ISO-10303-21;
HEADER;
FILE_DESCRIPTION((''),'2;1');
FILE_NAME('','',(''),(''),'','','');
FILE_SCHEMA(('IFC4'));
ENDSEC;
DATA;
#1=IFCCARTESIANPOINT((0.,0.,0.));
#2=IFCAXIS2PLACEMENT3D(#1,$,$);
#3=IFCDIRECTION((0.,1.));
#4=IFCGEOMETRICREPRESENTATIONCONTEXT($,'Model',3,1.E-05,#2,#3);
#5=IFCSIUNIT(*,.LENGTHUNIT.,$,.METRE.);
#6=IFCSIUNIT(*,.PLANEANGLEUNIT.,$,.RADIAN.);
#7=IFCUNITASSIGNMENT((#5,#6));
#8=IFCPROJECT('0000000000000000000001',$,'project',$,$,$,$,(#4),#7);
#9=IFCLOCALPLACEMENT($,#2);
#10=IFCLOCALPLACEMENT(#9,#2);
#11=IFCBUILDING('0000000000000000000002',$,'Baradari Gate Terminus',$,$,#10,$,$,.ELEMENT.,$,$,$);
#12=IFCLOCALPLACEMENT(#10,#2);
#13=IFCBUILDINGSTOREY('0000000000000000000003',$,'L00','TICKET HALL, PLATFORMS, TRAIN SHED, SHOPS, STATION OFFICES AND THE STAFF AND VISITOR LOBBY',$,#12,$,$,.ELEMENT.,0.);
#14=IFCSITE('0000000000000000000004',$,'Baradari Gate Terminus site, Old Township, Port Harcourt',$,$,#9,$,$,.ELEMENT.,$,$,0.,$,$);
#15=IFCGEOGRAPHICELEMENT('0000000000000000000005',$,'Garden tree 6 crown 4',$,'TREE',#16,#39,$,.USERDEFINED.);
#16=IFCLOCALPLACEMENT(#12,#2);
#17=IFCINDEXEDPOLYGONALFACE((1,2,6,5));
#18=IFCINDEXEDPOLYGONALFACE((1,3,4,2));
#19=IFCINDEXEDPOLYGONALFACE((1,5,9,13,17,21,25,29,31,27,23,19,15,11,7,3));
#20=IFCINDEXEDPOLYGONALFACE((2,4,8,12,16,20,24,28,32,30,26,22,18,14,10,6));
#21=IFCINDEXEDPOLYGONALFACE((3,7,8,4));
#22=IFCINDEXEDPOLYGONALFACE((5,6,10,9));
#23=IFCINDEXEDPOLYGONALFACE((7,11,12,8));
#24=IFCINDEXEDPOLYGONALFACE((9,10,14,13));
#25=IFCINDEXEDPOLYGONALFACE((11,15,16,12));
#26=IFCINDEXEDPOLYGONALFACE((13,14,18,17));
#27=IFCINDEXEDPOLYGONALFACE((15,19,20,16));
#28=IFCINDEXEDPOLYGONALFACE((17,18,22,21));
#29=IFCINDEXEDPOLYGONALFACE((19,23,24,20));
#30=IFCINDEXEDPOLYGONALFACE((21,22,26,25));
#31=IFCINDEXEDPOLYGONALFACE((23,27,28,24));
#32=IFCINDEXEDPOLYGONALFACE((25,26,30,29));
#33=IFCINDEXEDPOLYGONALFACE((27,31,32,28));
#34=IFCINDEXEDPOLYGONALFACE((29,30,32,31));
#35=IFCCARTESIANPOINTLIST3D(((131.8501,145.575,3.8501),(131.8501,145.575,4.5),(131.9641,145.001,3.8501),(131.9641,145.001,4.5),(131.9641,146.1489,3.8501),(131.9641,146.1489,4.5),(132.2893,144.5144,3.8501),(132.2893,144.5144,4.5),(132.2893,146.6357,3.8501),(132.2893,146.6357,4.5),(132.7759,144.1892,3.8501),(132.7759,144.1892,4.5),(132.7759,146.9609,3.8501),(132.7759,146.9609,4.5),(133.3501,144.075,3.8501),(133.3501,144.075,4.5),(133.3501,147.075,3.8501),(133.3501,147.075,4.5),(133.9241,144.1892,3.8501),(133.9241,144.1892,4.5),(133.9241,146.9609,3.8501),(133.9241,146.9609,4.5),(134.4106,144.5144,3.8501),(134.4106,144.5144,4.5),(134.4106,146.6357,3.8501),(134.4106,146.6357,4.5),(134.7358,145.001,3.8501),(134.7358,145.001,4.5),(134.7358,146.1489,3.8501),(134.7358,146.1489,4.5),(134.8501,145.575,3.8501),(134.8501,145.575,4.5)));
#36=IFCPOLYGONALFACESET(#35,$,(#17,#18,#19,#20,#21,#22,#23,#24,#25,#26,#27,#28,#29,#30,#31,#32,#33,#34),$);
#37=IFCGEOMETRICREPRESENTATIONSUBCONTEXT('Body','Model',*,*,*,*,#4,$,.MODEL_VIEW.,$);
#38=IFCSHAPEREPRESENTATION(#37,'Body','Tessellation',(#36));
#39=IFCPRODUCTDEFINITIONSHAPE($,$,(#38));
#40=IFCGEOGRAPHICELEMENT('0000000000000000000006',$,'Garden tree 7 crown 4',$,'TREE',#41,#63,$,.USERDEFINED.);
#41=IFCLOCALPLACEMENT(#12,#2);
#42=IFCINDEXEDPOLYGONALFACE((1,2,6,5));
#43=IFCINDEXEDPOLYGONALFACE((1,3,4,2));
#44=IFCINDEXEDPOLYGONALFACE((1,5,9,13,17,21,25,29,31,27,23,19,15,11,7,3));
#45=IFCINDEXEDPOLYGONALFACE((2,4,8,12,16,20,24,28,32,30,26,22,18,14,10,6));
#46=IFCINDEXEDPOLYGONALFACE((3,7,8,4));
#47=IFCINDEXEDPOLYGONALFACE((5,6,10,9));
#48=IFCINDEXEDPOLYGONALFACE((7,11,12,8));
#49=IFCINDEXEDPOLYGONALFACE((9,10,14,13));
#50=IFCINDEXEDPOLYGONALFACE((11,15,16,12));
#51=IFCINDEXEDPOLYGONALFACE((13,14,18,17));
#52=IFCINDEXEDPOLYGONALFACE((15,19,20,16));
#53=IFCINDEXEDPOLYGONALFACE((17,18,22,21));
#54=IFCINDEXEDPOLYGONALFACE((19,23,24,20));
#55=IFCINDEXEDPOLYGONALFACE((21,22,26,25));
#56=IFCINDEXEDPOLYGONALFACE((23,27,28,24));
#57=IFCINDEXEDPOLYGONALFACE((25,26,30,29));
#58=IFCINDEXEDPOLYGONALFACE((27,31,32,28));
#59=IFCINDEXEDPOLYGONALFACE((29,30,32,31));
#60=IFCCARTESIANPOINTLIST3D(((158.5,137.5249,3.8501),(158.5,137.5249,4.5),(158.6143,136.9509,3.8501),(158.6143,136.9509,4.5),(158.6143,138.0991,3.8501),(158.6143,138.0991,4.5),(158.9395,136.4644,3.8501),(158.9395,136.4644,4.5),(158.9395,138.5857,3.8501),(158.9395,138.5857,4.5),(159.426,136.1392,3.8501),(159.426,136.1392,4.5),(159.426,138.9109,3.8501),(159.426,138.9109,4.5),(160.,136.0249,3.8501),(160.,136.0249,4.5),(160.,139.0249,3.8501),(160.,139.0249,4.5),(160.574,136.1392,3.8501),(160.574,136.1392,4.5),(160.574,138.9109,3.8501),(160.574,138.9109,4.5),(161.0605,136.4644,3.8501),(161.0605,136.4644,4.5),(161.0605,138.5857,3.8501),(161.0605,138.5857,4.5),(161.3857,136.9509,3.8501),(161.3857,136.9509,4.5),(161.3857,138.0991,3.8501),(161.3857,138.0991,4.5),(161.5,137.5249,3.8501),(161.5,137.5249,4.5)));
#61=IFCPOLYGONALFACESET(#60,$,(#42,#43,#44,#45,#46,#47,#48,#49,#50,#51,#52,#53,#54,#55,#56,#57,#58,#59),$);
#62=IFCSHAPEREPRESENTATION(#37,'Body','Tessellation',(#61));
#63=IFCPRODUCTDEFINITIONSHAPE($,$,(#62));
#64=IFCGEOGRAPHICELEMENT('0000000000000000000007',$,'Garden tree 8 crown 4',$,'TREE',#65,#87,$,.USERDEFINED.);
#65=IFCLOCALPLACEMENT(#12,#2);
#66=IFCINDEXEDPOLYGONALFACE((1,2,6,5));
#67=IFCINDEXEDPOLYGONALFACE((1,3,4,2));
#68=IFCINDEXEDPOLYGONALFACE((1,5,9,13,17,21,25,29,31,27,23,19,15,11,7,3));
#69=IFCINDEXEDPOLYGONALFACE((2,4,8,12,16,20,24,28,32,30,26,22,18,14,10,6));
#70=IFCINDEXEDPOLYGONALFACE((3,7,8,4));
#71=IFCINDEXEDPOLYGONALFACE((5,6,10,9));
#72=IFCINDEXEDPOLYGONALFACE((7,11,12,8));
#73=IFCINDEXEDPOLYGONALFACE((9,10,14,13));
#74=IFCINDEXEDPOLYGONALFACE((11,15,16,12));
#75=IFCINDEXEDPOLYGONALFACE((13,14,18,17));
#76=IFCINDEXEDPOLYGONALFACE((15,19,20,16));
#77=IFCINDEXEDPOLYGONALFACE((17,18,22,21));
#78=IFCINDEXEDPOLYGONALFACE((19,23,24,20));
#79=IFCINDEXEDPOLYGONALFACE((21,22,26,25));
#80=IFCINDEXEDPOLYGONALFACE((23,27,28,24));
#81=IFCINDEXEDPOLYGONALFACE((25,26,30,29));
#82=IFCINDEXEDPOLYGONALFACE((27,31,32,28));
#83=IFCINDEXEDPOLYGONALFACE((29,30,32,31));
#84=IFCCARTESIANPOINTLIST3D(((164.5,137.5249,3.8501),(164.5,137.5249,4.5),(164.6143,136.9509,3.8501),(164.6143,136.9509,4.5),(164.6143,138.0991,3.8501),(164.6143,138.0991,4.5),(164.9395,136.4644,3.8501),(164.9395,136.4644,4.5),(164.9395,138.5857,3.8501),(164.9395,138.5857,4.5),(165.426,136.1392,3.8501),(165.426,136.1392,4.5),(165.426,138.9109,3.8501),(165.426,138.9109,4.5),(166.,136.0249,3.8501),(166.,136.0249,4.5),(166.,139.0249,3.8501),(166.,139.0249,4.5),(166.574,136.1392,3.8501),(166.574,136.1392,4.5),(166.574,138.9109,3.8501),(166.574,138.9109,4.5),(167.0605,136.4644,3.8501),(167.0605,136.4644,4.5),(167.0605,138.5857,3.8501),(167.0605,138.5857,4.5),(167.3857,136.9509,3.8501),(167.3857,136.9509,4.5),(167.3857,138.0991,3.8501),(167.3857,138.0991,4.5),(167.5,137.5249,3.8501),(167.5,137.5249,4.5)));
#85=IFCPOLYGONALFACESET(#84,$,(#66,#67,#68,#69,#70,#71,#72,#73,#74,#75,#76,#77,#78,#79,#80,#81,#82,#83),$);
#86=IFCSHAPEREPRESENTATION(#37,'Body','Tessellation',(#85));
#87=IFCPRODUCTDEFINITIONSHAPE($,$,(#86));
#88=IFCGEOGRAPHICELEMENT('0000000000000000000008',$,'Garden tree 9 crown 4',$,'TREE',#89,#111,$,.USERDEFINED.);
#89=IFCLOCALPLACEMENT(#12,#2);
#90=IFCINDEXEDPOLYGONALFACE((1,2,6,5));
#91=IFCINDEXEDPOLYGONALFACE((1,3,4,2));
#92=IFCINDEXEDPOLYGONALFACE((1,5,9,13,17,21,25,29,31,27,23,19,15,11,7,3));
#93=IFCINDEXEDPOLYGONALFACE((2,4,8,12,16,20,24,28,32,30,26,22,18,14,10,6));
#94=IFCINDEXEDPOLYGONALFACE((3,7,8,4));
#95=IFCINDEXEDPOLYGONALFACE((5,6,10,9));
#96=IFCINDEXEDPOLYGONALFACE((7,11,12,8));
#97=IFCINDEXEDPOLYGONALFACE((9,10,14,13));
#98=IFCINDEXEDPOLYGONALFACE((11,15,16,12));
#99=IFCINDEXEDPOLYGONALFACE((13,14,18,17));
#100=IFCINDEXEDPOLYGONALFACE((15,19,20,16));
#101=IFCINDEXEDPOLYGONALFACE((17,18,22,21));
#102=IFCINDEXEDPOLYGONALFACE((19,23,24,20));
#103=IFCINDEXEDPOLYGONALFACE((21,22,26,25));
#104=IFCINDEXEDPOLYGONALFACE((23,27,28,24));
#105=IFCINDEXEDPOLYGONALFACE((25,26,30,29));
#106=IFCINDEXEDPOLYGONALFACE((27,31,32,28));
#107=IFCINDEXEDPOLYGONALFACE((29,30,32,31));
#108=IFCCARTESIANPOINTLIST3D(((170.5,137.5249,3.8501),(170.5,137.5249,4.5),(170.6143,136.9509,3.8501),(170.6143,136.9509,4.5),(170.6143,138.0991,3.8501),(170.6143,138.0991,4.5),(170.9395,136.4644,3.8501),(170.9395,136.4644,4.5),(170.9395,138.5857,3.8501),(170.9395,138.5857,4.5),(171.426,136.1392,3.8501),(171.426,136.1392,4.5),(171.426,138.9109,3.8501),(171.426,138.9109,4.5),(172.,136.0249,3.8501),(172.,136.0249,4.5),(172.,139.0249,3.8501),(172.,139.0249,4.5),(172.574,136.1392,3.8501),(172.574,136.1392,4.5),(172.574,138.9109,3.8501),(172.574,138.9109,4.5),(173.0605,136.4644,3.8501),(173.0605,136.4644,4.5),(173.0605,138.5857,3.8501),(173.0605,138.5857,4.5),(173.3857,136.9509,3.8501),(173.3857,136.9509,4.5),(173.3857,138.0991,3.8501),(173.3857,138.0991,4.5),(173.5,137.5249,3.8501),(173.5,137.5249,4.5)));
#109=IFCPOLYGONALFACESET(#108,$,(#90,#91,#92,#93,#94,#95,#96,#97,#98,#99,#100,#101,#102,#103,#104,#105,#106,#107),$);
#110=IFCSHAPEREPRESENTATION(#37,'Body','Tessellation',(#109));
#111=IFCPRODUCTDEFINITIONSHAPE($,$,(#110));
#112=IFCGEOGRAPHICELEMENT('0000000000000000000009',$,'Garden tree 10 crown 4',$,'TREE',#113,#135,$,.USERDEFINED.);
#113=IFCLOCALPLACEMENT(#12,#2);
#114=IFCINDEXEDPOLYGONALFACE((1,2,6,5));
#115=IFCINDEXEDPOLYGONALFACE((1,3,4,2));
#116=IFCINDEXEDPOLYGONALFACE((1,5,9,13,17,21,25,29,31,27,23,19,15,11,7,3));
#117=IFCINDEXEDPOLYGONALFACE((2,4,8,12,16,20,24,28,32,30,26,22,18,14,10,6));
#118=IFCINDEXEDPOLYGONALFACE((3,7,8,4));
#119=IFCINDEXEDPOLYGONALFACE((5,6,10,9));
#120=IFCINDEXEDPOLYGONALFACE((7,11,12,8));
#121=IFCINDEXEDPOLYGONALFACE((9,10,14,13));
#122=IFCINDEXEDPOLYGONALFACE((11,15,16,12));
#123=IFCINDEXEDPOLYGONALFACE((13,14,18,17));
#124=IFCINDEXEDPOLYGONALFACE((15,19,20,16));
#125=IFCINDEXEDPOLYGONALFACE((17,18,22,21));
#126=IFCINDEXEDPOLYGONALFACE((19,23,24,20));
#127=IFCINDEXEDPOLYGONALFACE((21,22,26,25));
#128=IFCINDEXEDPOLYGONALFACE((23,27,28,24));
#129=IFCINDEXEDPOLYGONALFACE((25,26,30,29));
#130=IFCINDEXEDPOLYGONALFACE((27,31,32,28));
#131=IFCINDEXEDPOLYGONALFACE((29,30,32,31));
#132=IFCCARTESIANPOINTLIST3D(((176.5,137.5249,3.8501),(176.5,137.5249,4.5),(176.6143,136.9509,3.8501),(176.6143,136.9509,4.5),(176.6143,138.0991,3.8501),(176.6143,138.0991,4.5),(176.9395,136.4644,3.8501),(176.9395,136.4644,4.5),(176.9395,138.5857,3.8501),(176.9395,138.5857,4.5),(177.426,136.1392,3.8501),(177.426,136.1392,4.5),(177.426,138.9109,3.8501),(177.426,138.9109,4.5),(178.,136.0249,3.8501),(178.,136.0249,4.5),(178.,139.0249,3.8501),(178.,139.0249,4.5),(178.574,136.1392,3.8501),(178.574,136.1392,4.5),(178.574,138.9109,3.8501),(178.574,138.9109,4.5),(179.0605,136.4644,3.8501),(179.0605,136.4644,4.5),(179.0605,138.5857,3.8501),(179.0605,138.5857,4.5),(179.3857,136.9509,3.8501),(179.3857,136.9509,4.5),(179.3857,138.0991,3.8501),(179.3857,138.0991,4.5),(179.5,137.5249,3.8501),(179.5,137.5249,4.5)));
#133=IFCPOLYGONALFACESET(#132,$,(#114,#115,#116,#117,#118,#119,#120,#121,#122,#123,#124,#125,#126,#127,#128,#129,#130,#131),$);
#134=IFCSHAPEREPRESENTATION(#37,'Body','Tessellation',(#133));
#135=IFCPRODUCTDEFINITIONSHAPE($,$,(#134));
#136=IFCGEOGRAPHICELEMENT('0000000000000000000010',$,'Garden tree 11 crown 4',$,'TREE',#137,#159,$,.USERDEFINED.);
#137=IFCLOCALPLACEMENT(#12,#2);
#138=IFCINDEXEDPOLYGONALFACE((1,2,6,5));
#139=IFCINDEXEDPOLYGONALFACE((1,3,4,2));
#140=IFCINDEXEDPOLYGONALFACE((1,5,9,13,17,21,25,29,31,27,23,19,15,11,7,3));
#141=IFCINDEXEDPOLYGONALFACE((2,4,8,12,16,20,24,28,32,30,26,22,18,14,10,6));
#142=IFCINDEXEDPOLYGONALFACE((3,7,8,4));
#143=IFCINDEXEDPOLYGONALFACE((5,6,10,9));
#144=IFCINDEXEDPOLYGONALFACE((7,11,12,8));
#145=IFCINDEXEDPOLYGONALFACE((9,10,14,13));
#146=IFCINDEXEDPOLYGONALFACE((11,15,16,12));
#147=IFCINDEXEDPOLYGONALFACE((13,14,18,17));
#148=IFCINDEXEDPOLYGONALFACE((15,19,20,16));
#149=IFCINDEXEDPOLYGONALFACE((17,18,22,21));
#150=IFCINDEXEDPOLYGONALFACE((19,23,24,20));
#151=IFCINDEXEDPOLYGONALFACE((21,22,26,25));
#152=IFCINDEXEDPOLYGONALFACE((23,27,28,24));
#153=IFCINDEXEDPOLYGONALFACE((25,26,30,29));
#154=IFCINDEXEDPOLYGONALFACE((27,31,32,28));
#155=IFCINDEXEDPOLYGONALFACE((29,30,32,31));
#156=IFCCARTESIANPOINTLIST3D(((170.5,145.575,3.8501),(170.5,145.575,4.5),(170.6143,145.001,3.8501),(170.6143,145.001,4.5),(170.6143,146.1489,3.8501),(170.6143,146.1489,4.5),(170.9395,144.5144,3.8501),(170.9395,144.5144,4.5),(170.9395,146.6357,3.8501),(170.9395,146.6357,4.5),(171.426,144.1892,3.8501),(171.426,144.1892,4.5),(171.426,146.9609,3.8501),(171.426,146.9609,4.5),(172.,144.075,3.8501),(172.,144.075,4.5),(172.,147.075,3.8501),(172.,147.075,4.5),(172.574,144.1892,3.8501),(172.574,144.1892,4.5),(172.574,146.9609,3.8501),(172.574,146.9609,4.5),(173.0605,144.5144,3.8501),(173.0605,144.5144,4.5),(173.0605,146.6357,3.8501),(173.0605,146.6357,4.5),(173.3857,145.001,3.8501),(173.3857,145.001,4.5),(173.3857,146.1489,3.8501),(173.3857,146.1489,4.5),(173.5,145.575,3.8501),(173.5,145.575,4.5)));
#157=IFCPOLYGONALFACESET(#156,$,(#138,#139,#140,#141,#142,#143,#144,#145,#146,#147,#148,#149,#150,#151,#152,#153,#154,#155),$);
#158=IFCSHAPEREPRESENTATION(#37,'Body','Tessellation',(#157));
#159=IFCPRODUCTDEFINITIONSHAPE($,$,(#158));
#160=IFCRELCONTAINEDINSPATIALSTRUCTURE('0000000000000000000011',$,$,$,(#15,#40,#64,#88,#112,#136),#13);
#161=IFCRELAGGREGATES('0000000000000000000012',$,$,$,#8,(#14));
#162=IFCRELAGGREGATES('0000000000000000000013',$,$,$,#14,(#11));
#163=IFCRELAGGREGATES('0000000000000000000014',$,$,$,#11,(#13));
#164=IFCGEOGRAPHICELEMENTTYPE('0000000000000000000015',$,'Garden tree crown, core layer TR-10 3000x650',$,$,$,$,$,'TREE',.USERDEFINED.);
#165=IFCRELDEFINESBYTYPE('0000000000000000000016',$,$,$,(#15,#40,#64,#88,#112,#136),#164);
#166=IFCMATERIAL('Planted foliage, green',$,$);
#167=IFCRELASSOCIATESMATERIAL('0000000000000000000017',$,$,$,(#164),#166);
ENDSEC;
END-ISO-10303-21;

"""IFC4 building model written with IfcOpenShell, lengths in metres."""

from ifc_helpers import new_model, si_unit, direction, frame, origin, place, context, subcontext, project, spatial, polyline, outline, extrude, material, type_object, element, save


model = new_model("IFC4")

# Units and contexts
model_context = context("Model", 3, precision=1e-05, world=origin(), true_north=direction((0.0, 1.0)))
body_context = subcontext(model_context, "Body", "Model", "MODEL_VIEW")
ifc_project = project(units=[si_unit("LENGTHUNIT", "METRE"), si_unit("PLANEANGLEUNIT", "RADIAN")], contexts=[model_context])

# Site, building, storey
site_placement = place(None, origin())
site = spatial("IfcSite", under=ifc_project, at=site_placement, Name="Baradari Gate Terminus site, Old Township, Port Harcourt", CompositionType="ELEMENT", RefElevation=0.0)
building_placement = place(site_placement, origin())
building = spatial("IfcBuilding", under=site, at=building_placement, Name="Baradari Gate Terminus", CompositionType="ELEMENT")
storey_placement = place(building_placement, origin())
storey = spatial("IfcBuildingStorey", under=building, at=storey_placement, Name="L00", Description="TICKET HALL, PLATFORMS, TRAIN SHED, SHOPS, STATION OFFICES AND THE STAFF AND VISITOR LOBBY", CompositionType="ELEMENT", Elevation=0.0)

# Geographic elements
ifc_material_1 = material(Name="Planted foliage, green")
geographic_element_type_1 = type_object("IfcGeographicElementType", Name="Garden tree crown, core layer TR-10 3000x650", ElementType="TREE", PredefinedType="USERDEFINED", material=ifc_material_1)
geographic_element_1_placement = place(storey_placement, frame((0.0, 0.0, 3.8501)))
element("IfcGeographicElement", 1, at=geographic_element_1_placement, inside=storey, type_object=geographic_element_type_1, Name="Garden tree 6 crown 4", ObjectType="TREE", PredefinedType="USERDEFINED", context=body_context, shape_type="SweptSolid", body=[
    extrude(outline(polyline([(134.8501, 145.575), (134.7358, 146.1489), (134.4106, 146.6357), (133.9241, 146.9609), (133.3501, 147.075), (132.7759, 146.9609), (132.2893, 146.6357), (131.9641, 146.1489), (131.8501, 145.575), (131.9641, 145.001), (132.2893, 144.5144), (132.7759, 144.1892), (133.3501, 144.075), (133.9241, 144.1892), (134.4106, 144.5144), (134.7358, 145.001), (134.8501, 145.575)])), origin(), (0.0, 0.0, 1.0), 0.6499),
])
geographic_element_2_placement = place(storey_placement, frame((0.0, 0.0, 3.8501)))
element("IfcGeographicElement", 2, at=geographic_element_2_placement, inside=storey, type_object=geographic_element_type_1, Name="Garden tree 7 crown 4", ObjectType="TREE", PredefinedType="USERDEFINED", context=body_context, shape_type="SweptSolid", body=[
    extrude(outline(polyline([(161.5, 137.5249), (161.3857, 138.0991), (161.0605, 138.5857), (160.574, 138.9109), (160.0, 139.0249), (159.426, 138.9109), (158.9395, 138.5857), (158.6143, 138.0991), (158.5, 137.5249), (158.6143, 136.9509), (158.9395, 136.4644), (159.426, 136.1392), (160.0, 136.0249), (160.574, 136.1392), (161.0605, 136.4644), (161.3857, 136.9509), (161.5, 137.5249)])), origin(), (0.0, 0.0, 1.0), 0.6499),
])
geographic_element_3_placement = place(storey_placement, frame((0.0, 0.0, 3.8501)))
element("IfcGeographicElement", 3, at=geographic_element_3_placement, inside=storey, type_object=geographic_element_type_1, Name="Garden tree 8 crown 4", ObjectType="TREE", PredefinedType="USERDEFINED", context=body_context, shape_type="SweptSolid", body=[
    extrude(outline(polyline([(167.5, 137.5249), (167.3857, 138.0991), (167.0605, 138.5857), (166.574, 138.9109), (166.0, 139.0249), (165.426, 138.9109), (164.9395, 138.5857), (164.6143, 138.0991), (164.5, 137.5249), (164.6143, 136.9509), (164.9395, 136.4644), (165.426, 136.1392), (166.0, 136.0249), (166.574, 136.1392), (167.0605, 136.4644), (167.3857, 136.9509), (167.5, 137.5249)])), origin(), (0.0, 0.0, 1.0), 0.6499),
])
geographic_element_4_placement = place(storey_placement, frame((0.0, 0.0, 3.8501)))
element("IfcGeographicElement", 4, at=geographic_element_4_placement, inside=storey, type_object=geographic_element_type_1, Name="Garden tree 9 crown 4", ObjectType="TREE", PredefinedType="USERDEFINED", context=body_context, shape_type="SweptSolid", body=[
    extrude(outline(polyline([(173.5, 137.5249), (173.3857, 138.0991), (173.0605, 138.5857), (172.574, 138.9109), (172.0, 139.0249), (171.426, 138.9109), (170.9395, 138.5857), (170.6143, 138.0991), (170.5, 137.5249), (170.6143, 136.9509), (170.9395, 136.4644), (171.426, 136.1392), (172.0, 136.0249), (172.574, 136.1392), (173.0605, 136.4644), (173.3857, 136.9509), (173.5, 137.5249)])), origin(), (0.0, 0.0, 1.0), 0.6499),
])
geographic_element_5_placement = place(storey_placement, frame((0.0, 0.0, 3.8501)))
element("IfcGeographicElement", 5, at=geographic_element_5_placement, inside=storey, type_object=geographic_element_type_1, Name="Garden tree 10 crown 4", ObjectType="TREE", PredefinedType="USERDEFINED", context=body_context, shape_type="SweptSolid", body=[
    extrude(outline(polyline([(179.5, 137.5249), (179.3857, 138.0991), (179.0605, 138.5857), (178.574, 138.9109), (178.0, 139.0249), (177.426, 138.9109), (176.9395, 138.5857), (176.6143, 138.0991), (176.5, 137.5249), (176.6143, 136.9509), (176.9395, 136.4644), (177.426, 136.1392), (178.0, 136.0249), (178.574, 136.1392), (179.0605, 136.4644), (179.3857, 136.9509), (179.5, 137.5249)])), origin(), (0.0, 0.0, 1.0), 0.6499),
])
geographic_element_6_placement = place(storey_placement, frame((0.0, 0.0, 3.8501)))
element("IfcGeographicElement", 6, at=geographic_element_6_placement, inside=storey, type_object=geographic_element_type_1, Name="Garden tree 11 crown 4", ObjectType="TREE", PredefinedType="USERDEFINED", context=body_context, shape_type="SweptSolid", body=[
    extrude(outline(polyline([(173.5, 145.575), (173.3857, 146.1489), (173.0605, 146.6357), (172.574, 146.9609), (172.0, 147.075), (171.426, 146.9609), (170.9395, 146.6357), (170.6143, 146.1489), (170.5, 145.575), (170.6143, 145.001), (170.9395, 144.5144), (171.426, 144.1892), (172.0, 144.075), (172.574, 144.1892), (173.0605, 144.5144), (173.3857, 145.001), (173.5, 145.575)])), origin(), (0.0, 0.0, 1.0), 0.6499),
])

save(model, "model.ifc")
